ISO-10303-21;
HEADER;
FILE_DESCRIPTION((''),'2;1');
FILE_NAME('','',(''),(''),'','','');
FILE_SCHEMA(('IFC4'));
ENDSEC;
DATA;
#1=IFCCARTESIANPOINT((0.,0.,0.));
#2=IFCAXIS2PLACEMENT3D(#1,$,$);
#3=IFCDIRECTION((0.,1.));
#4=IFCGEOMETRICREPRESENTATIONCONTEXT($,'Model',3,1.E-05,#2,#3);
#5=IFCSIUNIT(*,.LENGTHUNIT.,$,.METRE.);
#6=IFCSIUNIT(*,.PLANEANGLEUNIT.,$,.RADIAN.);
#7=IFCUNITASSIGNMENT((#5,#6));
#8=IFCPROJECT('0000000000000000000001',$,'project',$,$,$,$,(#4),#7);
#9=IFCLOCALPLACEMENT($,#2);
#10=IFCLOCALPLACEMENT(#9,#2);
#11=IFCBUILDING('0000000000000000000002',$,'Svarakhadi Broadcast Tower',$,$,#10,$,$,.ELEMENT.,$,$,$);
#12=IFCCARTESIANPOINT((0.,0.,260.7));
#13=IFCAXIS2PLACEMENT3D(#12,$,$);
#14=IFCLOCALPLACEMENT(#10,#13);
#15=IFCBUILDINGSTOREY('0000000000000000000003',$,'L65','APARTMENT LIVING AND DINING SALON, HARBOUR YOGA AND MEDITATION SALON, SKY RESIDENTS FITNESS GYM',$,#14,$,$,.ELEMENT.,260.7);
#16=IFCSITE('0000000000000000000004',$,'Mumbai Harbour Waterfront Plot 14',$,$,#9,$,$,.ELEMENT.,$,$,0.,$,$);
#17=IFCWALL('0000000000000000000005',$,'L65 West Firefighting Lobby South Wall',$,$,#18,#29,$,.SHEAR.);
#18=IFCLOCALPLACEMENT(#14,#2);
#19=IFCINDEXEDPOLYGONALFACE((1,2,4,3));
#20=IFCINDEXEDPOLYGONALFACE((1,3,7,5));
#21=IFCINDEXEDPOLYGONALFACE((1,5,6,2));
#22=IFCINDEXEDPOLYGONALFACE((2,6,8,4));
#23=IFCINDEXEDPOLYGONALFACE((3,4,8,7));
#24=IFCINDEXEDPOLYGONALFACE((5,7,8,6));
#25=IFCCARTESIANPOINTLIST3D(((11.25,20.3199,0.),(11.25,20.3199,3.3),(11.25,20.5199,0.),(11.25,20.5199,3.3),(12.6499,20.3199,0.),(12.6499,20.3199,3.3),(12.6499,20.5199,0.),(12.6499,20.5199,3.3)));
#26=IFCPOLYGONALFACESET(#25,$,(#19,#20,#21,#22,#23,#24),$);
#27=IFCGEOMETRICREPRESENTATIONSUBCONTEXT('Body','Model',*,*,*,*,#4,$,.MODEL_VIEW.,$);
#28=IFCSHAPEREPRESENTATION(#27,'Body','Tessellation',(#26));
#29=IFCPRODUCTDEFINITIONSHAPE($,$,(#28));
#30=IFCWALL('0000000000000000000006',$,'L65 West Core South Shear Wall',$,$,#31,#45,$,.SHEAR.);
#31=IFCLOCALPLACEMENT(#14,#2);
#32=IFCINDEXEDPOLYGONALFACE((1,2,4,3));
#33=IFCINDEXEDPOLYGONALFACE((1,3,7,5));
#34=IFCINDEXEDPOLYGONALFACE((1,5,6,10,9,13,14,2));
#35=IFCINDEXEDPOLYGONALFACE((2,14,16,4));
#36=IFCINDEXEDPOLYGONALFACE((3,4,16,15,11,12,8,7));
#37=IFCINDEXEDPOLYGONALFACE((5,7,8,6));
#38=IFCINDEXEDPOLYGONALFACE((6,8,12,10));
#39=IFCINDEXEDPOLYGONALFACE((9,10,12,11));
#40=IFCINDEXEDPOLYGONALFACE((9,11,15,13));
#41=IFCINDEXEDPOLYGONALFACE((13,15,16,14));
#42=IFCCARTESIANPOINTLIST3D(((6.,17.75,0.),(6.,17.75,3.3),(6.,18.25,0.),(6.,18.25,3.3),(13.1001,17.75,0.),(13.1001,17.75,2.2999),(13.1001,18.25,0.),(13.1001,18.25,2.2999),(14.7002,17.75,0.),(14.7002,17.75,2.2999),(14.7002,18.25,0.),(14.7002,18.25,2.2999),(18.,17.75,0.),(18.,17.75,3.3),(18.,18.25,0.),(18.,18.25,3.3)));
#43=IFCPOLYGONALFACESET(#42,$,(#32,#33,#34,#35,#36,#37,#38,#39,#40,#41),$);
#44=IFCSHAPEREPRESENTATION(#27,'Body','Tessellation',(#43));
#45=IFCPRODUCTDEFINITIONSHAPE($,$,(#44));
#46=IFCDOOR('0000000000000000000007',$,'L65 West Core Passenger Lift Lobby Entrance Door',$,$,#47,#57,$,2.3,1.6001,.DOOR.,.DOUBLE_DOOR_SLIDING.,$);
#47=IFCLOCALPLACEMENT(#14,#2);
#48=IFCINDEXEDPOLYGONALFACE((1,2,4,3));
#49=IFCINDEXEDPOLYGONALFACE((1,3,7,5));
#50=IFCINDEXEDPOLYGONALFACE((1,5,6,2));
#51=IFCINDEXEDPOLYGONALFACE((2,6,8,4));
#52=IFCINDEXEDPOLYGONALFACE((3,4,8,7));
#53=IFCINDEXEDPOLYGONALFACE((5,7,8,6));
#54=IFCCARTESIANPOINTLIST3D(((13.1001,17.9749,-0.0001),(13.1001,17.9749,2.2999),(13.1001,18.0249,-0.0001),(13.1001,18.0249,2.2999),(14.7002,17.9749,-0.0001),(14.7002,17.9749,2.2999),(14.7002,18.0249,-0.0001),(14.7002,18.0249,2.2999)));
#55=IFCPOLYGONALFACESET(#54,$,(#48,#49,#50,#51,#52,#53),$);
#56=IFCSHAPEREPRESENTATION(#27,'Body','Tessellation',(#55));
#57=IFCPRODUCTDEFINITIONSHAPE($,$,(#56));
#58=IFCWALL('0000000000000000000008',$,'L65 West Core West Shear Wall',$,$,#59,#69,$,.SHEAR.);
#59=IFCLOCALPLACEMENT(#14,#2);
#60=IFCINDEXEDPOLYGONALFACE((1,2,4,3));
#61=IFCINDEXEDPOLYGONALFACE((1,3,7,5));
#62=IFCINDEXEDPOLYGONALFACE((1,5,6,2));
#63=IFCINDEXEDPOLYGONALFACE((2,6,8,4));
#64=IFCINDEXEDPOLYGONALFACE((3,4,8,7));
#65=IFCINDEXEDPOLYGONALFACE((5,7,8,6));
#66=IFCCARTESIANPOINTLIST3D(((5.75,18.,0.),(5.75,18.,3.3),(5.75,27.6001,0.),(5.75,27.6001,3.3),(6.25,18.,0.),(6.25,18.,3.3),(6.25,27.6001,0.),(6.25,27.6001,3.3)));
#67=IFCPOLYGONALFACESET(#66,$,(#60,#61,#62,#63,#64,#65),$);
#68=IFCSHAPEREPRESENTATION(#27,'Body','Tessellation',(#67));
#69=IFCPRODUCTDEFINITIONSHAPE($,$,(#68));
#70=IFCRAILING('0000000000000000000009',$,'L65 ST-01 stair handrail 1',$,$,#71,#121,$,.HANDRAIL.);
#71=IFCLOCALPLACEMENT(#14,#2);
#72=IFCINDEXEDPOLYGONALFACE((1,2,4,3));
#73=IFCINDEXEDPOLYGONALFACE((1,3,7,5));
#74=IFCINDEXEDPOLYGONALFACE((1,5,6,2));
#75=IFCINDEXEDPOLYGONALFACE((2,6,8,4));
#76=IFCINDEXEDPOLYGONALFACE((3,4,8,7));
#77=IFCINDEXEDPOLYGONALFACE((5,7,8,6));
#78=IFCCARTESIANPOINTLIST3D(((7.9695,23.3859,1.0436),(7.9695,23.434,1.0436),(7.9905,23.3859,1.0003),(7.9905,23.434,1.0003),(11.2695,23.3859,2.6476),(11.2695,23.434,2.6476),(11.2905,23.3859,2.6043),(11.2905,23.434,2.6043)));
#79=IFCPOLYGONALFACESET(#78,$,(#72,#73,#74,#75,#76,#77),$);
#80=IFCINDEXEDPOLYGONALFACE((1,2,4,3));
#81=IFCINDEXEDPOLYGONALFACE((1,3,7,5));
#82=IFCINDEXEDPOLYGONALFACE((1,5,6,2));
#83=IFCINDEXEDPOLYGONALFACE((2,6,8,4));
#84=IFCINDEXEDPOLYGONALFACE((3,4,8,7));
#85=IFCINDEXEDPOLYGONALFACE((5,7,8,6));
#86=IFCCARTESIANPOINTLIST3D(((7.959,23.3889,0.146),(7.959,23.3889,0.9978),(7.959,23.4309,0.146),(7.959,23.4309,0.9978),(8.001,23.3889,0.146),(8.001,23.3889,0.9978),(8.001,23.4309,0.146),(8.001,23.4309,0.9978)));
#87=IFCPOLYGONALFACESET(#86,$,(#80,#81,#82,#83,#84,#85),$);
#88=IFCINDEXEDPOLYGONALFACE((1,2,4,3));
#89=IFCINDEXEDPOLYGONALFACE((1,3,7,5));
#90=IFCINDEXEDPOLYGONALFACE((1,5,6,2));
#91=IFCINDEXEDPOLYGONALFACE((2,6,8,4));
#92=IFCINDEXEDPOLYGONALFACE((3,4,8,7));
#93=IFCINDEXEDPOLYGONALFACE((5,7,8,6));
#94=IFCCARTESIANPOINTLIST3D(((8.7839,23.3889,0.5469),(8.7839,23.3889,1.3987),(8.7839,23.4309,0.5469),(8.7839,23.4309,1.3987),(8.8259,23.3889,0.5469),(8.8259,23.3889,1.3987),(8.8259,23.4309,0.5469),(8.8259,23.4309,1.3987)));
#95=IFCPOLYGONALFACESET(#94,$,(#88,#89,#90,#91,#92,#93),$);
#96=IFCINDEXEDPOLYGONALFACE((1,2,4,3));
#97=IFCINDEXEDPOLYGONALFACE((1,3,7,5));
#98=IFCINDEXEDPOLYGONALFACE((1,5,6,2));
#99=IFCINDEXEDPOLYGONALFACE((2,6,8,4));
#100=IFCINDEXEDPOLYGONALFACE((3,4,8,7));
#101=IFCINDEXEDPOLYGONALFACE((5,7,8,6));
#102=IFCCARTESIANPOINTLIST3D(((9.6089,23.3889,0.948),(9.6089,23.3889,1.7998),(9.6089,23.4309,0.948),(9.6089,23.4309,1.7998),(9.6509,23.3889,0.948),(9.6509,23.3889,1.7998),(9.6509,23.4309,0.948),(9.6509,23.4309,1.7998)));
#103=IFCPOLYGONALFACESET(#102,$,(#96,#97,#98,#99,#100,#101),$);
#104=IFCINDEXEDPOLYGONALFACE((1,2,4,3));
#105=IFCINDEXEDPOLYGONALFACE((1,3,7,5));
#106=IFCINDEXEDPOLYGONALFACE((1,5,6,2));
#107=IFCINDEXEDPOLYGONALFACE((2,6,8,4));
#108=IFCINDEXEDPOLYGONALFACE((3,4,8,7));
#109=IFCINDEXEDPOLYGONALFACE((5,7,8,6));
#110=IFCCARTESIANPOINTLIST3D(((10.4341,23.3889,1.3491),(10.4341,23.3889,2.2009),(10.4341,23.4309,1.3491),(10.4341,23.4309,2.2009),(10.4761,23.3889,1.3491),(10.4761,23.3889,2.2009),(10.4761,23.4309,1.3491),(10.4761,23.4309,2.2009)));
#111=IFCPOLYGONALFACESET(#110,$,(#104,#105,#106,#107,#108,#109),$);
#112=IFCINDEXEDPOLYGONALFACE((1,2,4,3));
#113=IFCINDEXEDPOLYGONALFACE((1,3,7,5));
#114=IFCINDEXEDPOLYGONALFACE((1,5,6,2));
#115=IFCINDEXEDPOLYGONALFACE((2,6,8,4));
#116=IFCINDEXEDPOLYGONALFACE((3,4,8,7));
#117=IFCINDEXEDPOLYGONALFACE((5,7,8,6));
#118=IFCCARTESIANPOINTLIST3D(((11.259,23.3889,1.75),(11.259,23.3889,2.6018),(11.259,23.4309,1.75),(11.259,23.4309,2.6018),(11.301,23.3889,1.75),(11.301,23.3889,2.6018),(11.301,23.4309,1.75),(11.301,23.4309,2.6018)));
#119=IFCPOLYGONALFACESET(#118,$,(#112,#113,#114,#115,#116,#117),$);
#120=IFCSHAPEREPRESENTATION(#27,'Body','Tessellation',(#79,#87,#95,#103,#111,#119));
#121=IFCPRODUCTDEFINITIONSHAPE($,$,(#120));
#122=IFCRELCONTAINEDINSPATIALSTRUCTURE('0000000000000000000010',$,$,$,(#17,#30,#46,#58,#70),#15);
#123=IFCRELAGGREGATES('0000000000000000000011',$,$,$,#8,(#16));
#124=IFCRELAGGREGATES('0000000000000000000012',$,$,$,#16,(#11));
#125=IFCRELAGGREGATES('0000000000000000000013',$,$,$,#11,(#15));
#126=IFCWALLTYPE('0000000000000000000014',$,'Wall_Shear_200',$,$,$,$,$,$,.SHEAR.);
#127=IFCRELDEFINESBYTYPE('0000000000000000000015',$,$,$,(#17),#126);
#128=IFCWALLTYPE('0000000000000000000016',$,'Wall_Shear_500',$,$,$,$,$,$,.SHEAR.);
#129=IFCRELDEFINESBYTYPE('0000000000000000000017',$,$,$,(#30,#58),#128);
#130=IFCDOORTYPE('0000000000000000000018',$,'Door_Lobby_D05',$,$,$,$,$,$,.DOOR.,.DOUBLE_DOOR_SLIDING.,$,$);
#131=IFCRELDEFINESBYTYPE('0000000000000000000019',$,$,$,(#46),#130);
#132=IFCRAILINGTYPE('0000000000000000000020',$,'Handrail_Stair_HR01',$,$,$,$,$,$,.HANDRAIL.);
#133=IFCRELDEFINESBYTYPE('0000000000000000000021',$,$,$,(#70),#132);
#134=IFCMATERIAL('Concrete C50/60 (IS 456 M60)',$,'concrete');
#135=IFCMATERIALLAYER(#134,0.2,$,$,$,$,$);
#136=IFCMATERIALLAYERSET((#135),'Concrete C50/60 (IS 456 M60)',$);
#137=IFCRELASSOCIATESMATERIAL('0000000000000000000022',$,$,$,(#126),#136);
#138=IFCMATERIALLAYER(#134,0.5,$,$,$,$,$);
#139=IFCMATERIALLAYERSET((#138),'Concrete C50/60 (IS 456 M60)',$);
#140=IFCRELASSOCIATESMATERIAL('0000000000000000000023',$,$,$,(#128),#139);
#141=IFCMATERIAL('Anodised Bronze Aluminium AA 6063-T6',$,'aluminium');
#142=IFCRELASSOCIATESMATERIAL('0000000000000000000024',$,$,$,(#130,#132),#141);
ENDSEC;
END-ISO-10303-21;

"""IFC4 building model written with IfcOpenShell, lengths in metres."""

from ifc_helpers import new_model, si_unit, direction, frame, frame_2d, origin, origin_2d, place, context, subcontext, project, spatial, rectangle, extrude, material, layer, layer_set, type_object, element, fill, save


model = new_model("IFC4")

# Units and contexts
model_context = context("Model", 3, precision=1e-05, world=origin(), true_north=direction((0.0, 1.0)))
body_context = subcontext(model_context, "Body", "Model", "MODEL_VIEW")
ifc_project = project(units=[si_unit("LENGTHUNIT", "METRE"), si_unit("PLANEANGLEUNIT", "RADIAN")], contexts=[model_context])

# Site, building, storey
site_placement = place(None, origin())
site = spatial("IfcSite", under=ifc_project, at=site_placement, Name="Mumbai Harbour Waterfront Plot 14", CompositionType="ELEMENT", RefElevation=0.0)
building_placement = place(site_placement, origin())
building = spatial("IfcBuilding", under=site, at=building_placement, Name="Svarakhadi Broadcast Tower", CompositionType="ELEMENT")
storey_placement = place(building_placement, frame((0.0, 0.0, 260.7)))
storey = spatial("IfcBuildingStorey", under=building, at=storey_placement, Name="L65", Description="APARTMENT LIVING AND DINING SALON, HARBOUR YOGA AND MEDITATION SALON, SKY RESIDENTS FITNESS GYM", CompositionType="ELEMENT", Elevation=260.7)

# Shared definitions
ifc_material_1 = material(Name="Concrete C50/60 (IS 456 M60)", Category="concrete")

# Shared definitions
ifc_layer_1 = layer(ifc_material_1, 0.2)
ifc_layer_set_1 = layer_set([ifc_layer_1], Name="Concrete C50/60 (IS 456 M60)")
wall_type_1 = type_object("IfcWallType", Name="Wall_Shear_200", PredefinedType="SHEAR", material=ifc_layer_set_1)

# Wall
wall_1_placement = place(storey_placement, frame((11.25, 20.4199, 0.0), z_axis=(0.0, 0.0, 1.0), x_axis=(1.0, 0.0, 0.0)))
element("IfcWall", 1, at=wall_1_placement, inside=storey, type_object=wall_type_1, Name="L65 West Firefighting Lobby South Wall", PredefinedType="SHEAR", context=body_context, shape_type="SweptSolid", body=[
    extrude(rectangle(XDim=1.3999, YDim=0.2, at=frame_2d((0.7, 0.0))), origin(), (0.0, 0.0, 1.0), 3.3),
])

# Wall, opening, door
ifc_layer_2 = layer(ifc_material_1, 0.5)
ifc_layer_set_2 = layer_set([ifc_layer_2], Name="Concrete C50/60 (IS 456 M60)")
wall_type_2 = type_object("IfcWallType", Name="Wall_Shear_500", PredefinedType="SHEAR", material=ifc_layer_set_2)
wall_2_placement = place(storey_placement, frame((6.0, 18.0, 0.0), z_axis=(0.0, 0.0, 1.0), x_axis=(1.0, 0.0, 0.0)))
wall_2 = element("IfcWall", 2, at=wall_2_placement, inside=storey, type_object=wall_type_2, Name="L65 West Core South Shear Wall", PredefinedType="SHEAR", context=body_context, shape_type="SweptSolid", body=[
    extrude(rectangle(XDim=12.0, YDim=0.5, at=frame_2d((6.0, 0.0))), origin(), (0.0, 0.0, 1.0), 3.3),
])
opening_1_placement = place(wall_2_placement, frame((7.1001, 0.0, 0.0)))
opening_1 = element("IfcOpeningElement", 3, at=opening_1_placement, cuts=wall_2, PredefinedType="OPENING", context=body_context, shape_type="SweptSolid", body=[
    extrude(rectangle(XDim=1.6001, YDim=2.3, at=frame_2d((0.8, 1.1499))), frame((0.0, 0.26, 0.0), z_axis=(0.0, -1.0, 0.0), x_axis=(1.0, 0.0, 0.0)), (0.0, 0.0, 1.0), 0.52),
])
ifc_material_2 = material(Name="Anodised Bronze Aluminium AA 6063-T6", Category="aluminium")
door_type_1 = type_object("IfcDoorType", Name="Door_Lobby_D05", OperationType="DOUBLE_DOOR_SLIDING", PredefinedType="DOOR", material=ifc_material_2)
door_1_placement = place(opening_1_placement, origin())
door_1 = element("IfcDoor", 4, at=door_1_placement, inside=storey, type_object=door_type_1, Name="L65 West Core Passenger Lift Lobby Entrance Door", OperationType="DOUBLE_DOOR_SLIDING", OverallHeight=2.3, OverallWidth=1.6001, PredefinedType="DOOR", context=body_context, shape_type="SweptSolid", body=[
    extrude(rectangle(XDim=1.6001, YDim=2.3, at=frame_2d((0.8, 1.1499))), frame((0.0, 0.0249, 0.0), z_axis=(0.0, -1.0, 0.0), x_axis=(1.0, 0.0, 0.0)), (0.0, 0.0, 1.0), 0.05),
])
fill(opening_1, door_1)

# Wall
wall_3_placement = place(storey_placement, frame((6.0, 18.0, 0.0), z_axis=(0.0, 0.0, 1.0), x_axis=(0.0, 1.0, 0.0)))
element("IfcWall", 5, at=wall_3_placement, inside=storey, type_object=wall_type_2, Name="L65 West Core West Shear Wall", PredefinedType="SHEAR", context=body_context, shape_type="SweptSolid", body=[
    extrude(rectangle(XDim=9.6001, YDim=0.5, at=frame_2d((4.8, 0.0))), origin(), (0.0, 0.0, 1.0), 3.3),
])

# Railing
railing_type = type_object("IfcRailingType", Name="Handrail_Stair_HR01", PredefinedType="HANDRAIL", material=ifc_material_2)
railing_placement = place(storey_placement, frame((7.98, 23.4099, 0.146)))
element("IfcRailing", 6, at=railing_placement, inside=storey, type_object=railing_type, Name="L65 ST-01 stair handrail 1", PredefinedType="HANDRAIL", context=body_context, shape_type="SweptSolid", body=[
    extrude(rectangle(XDim=0.0481, YDim=0.0481, at=origin_2d()), frame((0.0, 0.0, 0.876), z_axis=(0.899388, 0.0, 0.437152), x_axis=(0.0, 1.0, 0.0)), (0.0, 0.0, 1.0), 3.6692),
    extrude(rectangle(XDim=0.042, YDim=0.042, at=origin_2d()), origin(), (0.0, 0.0, 1.0), 0.8518),
    extrude(rectangle(XDim=0.042, YDim=0.042, at=origin_2d()), frame((0.825, 0.0, 0.4009)), (0.0, 0.0, 1.0), 0.8518),
    extrude(rectangle(XDim=0.042, YDim=0.042, at=origin_2d()), frame((1.6499, 0.0, 0.802)), (0.0, 0.0, 1.0), 0.8518),
    extrude(rectangle(XDim=0.042, YDim=0.042, at=origin_2d()), frame((2.4751, 0.0, 1.2031)), (0.0, 0.0, 1.0), 0.8518),
    extrude(rectangle(XDim=0.042, YDim=0.042, at=origin_2d()), frame((3.3, 0.0, 1.604)), (0.0, 0.0, 1.0), 0.8518),
])

save(model, "model.ifc")
